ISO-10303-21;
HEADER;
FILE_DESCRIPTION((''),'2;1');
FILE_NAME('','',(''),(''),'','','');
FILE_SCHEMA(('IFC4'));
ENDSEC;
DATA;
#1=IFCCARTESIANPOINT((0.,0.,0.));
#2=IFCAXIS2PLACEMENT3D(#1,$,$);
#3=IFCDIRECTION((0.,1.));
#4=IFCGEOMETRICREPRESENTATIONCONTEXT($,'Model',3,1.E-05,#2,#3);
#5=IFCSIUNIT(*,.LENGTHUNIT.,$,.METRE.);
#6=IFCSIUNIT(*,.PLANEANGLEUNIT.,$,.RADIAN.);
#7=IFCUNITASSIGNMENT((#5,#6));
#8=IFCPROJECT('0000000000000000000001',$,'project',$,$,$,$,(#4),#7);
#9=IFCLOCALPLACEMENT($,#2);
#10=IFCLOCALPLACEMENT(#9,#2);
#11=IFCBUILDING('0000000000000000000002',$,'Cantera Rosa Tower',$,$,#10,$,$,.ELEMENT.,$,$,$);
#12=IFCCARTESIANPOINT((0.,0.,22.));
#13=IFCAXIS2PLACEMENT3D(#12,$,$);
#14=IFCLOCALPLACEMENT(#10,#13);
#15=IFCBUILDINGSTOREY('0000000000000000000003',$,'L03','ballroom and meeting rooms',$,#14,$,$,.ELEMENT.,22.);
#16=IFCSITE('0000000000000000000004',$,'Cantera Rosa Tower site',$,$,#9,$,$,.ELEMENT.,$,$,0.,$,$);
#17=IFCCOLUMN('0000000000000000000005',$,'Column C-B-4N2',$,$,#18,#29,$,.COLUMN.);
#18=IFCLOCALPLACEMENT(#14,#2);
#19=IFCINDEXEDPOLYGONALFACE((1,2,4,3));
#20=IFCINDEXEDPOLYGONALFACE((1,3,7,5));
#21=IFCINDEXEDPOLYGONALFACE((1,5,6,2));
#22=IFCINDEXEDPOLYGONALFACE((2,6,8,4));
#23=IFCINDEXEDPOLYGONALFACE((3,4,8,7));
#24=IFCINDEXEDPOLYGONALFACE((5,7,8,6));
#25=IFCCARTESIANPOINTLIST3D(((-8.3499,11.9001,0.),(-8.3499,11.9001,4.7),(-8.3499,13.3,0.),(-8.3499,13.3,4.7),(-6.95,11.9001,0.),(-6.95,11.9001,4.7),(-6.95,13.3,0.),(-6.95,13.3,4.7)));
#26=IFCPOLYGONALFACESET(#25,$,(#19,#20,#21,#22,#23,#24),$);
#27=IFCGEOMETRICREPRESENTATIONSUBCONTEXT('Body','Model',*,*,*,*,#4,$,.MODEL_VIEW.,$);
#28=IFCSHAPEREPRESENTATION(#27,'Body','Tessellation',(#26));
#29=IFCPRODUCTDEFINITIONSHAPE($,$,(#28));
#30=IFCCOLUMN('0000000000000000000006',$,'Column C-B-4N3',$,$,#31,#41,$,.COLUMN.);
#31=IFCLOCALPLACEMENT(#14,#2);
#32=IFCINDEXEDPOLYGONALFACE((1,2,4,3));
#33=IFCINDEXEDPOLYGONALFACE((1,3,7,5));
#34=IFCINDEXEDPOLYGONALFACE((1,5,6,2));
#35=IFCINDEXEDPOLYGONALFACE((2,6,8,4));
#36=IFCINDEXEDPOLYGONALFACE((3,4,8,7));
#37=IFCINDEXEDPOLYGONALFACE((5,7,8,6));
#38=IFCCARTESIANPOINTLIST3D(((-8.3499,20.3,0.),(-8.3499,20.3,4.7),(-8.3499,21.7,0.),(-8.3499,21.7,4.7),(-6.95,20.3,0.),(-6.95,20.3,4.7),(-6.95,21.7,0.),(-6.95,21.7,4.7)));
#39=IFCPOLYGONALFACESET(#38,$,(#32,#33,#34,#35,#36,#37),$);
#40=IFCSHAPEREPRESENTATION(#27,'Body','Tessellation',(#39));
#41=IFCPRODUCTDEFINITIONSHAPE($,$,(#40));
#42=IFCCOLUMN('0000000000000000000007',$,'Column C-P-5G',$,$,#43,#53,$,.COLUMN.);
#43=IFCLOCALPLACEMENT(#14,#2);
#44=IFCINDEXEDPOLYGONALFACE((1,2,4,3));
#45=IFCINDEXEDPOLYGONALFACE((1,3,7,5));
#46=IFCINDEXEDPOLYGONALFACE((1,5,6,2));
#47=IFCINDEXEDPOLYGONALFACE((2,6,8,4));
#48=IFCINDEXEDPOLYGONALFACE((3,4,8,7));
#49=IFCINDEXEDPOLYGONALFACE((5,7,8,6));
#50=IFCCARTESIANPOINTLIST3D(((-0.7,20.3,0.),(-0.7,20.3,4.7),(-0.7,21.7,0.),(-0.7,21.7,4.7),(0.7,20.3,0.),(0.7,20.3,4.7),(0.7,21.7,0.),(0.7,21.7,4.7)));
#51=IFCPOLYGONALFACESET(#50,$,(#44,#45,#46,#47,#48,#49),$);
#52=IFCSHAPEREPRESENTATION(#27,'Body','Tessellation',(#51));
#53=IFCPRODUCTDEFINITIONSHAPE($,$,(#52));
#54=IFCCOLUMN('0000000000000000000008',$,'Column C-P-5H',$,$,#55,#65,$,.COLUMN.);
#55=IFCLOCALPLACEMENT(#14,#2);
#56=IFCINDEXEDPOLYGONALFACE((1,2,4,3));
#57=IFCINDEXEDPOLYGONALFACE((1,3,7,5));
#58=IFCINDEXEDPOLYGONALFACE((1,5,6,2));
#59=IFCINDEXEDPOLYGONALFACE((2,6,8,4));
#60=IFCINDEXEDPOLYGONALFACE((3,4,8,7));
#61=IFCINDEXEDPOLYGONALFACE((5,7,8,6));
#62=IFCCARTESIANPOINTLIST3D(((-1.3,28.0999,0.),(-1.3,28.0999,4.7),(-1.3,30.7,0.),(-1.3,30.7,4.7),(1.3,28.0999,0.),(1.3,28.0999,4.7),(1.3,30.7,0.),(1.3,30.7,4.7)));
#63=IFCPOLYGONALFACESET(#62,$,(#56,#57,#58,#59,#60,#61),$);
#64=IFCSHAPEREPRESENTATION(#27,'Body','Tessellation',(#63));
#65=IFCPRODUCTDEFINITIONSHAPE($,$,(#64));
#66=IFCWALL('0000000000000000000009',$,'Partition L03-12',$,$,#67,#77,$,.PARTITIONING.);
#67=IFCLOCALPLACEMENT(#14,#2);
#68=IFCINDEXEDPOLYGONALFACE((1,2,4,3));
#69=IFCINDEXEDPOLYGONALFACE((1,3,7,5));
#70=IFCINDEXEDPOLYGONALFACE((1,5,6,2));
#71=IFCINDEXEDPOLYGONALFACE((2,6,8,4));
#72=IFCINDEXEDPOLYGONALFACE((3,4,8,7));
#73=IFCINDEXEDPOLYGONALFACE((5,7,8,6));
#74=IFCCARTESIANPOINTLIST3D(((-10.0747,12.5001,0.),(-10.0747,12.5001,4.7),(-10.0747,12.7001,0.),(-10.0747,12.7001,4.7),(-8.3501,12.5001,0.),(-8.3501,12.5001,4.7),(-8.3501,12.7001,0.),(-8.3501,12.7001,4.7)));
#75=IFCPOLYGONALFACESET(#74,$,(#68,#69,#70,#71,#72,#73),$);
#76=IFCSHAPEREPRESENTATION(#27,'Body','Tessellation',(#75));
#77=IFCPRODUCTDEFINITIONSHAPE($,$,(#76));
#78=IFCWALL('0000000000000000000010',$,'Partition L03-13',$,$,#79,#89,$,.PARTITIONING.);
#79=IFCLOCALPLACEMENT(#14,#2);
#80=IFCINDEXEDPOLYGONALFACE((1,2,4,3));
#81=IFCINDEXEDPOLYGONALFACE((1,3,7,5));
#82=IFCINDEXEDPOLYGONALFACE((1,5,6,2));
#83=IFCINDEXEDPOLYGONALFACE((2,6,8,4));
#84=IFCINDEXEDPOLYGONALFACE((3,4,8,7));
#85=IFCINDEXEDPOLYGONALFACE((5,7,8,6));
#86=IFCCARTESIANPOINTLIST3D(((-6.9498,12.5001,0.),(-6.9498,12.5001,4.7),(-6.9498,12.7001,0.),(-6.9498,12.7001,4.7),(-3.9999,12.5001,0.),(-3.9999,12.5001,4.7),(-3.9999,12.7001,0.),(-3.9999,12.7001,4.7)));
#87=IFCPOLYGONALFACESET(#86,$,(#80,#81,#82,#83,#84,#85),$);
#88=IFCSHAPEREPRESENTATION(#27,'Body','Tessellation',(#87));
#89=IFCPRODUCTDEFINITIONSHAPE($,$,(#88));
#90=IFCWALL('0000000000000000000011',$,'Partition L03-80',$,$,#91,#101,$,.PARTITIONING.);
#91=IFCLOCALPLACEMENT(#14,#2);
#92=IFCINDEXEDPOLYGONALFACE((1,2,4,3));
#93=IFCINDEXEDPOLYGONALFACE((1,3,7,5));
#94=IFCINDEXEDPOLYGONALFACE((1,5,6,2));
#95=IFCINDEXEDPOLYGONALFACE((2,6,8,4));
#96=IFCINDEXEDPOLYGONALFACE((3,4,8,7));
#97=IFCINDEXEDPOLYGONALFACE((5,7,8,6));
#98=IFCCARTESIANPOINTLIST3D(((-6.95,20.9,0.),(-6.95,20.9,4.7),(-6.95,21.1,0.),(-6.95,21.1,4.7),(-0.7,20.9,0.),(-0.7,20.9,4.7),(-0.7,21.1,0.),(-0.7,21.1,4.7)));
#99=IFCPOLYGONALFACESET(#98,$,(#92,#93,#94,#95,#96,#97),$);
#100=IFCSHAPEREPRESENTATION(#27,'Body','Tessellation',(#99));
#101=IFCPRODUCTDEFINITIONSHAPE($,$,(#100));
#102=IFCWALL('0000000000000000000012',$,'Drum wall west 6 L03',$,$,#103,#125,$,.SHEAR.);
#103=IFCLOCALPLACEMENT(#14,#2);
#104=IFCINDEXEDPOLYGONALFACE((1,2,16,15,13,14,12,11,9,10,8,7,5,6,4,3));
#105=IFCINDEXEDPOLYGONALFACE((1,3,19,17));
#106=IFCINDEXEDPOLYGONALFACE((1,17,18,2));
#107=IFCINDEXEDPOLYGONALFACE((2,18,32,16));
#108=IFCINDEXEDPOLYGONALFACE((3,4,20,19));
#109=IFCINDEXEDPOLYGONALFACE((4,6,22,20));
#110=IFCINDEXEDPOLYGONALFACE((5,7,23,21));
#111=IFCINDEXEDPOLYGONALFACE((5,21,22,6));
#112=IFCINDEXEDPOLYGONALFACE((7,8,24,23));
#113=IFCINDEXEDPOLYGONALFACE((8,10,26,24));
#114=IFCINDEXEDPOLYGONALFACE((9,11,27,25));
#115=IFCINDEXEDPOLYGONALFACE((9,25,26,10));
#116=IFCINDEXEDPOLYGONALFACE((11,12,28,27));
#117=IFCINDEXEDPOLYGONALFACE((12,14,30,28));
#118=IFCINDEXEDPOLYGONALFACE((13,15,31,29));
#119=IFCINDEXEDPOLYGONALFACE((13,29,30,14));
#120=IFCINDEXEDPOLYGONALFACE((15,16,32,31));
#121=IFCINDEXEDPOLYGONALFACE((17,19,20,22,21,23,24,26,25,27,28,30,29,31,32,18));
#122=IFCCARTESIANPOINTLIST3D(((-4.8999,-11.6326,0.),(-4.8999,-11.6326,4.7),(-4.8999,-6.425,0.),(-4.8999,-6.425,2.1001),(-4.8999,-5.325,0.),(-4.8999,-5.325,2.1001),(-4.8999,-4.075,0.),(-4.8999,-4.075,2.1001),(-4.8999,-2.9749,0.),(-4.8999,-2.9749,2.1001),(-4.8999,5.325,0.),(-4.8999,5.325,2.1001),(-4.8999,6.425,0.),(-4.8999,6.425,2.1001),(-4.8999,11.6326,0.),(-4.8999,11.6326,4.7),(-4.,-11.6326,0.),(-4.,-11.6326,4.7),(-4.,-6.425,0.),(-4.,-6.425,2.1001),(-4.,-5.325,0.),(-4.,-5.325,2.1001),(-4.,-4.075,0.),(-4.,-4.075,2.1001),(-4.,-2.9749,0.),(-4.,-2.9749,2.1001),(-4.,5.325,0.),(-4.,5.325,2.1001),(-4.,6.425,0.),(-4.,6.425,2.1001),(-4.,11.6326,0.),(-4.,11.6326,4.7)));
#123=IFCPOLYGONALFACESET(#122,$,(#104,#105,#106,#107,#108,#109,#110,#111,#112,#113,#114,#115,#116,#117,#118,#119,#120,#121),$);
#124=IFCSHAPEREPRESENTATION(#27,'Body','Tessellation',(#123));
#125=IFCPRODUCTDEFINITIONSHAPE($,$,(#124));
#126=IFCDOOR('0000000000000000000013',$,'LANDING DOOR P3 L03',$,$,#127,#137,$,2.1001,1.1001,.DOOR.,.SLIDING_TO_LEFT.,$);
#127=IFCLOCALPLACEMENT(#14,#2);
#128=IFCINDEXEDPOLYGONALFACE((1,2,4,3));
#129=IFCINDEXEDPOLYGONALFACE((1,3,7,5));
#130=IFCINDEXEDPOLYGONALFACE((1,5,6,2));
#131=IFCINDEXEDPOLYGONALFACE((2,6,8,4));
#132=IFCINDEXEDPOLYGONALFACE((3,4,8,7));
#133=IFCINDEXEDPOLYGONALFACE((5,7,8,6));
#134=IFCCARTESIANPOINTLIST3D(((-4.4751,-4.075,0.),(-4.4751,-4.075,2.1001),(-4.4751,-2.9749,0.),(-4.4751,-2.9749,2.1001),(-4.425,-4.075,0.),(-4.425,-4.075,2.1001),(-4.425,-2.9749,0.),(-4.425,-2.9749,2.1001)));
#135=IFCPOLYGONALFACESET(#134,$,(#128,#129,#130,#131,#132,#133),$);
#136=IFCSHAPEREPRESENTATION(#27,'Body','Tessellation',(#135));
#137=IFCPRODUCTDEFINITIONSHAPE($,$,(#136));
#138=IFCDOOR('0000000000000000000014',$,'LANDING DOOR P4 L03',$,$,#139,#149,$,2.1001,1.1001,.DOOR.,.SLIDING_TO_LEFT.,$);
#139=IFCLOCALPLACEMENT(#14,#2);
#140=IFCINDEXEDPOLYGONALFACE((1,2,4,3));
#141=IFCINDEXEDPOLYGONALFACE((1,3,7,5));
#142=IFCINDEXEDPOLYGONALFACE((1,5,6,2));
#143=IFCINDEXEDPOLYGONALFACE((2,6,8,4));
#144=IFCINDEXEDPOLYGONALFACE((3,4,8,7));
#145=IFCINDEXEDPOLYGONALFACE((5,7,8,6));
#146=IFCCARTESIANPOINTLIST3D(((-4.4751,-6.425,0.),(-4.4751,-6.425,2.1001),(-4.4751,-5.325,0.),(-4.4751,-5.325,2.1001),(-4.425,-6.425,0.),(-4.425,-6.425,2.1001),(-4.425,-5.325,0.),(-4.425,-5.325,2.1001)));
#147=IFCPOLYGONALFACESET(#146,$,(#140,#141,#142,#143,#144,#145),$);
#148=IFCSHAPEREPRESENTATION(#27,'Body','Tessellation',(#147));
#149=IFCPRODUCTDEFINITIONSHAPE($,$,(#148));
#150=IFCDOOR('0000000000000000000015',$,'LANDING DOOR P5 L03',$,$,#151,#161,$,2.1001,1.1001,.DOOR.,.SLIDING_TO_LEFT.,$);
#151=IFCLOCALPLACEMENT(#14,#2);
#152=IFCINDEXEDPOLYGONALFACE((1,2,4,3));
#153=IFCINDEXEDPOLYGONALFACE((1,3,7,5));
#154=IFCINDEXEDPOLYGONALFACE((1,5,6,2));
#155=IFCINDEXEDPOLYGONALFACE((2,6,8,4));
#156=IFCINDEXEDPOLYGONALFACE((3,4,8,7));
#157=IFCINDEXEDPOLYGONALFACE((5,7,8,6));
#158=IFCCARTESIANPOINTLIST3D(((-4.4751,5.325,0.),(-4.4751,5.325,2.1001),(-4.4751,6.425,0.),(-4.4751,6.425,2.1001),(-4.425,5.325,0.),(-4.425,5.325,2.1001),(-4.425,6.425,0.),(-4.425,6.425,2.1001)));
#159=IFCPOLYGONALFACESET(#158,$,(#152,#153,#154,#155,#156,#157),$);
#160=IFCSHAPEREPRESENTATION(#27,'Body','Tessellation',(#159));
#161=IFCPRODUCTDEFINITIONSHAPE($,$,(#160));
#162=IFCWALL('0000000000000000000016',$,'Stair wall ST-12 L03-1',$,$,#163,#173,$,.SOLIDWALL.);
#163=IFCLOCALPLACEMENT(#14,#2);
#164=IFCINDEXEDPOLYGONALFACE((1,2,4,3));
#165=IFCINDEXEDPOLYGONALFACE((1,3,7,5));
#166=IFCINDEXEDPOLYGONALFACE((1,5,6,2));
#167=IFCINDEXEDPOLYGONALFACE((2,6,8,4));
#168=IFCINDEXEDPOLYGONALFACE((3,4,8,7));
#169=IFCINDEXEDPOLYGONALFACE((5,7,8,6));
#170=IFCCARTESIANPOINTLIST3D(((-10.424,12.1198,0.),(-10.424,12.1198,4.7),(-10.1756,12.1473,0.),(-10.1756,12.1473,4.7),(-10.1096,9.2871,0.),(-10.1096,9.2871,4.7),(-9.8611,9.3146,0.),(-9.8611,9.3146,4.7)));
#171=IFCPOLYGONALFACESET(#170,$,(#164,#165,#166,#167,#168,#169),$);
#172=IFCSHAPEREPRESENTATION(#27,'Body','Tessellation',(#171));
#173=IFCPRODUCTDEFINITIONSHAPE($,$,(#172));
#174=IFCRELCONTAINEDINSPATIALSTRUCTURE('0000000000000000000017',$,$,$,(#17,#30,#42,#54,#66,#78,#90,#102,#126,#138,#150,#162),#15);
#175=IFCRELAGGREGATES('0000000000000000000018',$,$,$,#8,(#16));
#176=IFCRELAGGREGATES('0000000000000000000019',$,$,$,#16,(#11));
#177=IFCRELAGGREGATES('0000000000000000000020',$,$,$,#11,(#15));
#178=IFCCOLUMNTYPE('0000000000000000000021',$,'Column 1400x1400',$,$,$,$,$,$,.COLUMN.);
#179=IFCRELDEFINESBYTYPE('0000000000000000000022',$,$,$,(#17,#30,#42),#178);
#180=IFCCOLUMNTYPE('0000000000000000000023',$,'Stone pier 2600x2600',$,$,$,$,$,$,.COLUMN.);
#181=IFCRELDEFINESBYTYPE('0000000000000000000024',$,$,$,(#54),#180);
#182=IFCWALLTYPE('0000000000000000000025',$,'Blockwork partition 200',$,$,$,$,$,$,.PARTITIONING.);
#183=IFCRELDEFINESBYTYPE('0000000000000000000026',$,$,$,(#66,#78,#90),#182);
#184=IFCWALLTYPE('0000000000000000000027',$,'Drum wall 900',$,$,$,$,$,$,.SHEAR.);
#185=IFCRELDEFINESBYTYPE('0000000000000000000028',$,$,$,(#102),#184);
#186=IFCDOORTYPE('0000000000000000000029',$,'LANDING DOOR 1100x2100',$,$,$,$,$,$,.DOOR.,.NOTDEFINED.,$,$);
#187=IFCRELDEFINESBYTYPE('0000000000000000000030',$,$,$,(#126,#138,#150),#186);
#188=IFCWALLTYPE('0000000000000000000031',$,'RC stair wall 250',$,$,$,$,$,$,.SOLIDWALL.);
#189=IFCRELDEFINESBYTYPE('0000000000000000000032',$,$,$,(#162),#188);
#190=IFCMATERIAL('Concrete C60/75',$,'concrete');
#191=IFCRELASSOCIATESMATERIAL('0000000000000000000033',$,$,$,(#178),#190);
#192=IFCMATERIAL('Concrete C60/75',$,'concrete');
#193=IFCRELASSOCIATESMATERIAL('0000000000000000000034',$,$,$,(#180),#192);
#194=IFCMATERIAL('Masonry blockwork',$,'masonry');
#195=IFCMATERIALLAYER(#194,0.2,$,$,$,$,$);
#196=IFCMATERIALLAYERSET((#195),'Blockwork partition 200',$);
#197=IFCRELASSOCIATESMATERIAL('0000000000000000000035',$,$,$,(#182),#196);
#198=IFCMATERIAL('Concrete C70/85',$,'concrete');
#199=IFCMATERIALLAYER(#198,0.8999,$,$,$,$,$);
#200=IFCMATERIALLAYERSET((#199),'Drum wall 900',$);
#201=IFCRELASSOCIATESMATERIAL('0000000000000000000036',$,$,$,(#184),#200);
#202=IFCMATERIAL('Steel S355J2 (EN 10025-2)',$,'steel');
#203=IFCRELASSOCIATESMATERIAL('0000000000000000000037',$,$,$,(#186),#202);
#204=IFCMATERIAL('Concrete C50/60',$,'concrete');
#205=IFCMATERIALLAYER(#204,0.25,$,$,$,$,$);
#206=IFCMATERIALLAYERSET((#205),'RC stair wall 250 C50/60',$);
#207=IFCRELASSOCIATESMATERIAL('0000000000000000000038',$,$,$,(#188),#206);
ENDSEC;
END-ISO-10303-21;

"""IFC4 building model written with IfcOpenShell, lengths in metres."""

from ifc_helpers import new_model, si_unit, direction, frame, frame_2d, origin, origin_2d, place, context, subcontext, project, spatial, rectangle, extrude, material, layer, layer_set, material_profile, profile_set, type_object, element, fill, save


model = new_model("IFC4")

# Units and contexts
model_context = context("Model", 3, precision=1e-05, world=origin(), true_north=direction((0.0, 1.0)))
body_context = subcontext(model_context, "Body", "Model", "MODEL_VIEW")
ifc_project = project(units=[si_unit("LENGTHUNIT", "METRE"), si_unit("PLANEANGLEUNIT", "RADIAN")], contexts=[model_context])

# Site, building, storey
site_placement = place(None, origin())
site = spatial("IfcSite", under=ifc_project, at=site_placement, Name="Cantera Rosa Tower site", CompositionType="ELEMENT", RefElevation=0.0)
building_placement = place(site_placement, origin())
building = spatial("IfcBuilding", under=site, at=building_placement, Name="Cantera Rosa Tower", CompositionType="ELEMENT")
storey_placement = place(building_placement, frame((0.0, 0.0, 22.0)))
storey = spatial("IfcBuildingStorey", under=building, at=storey_placement, Name="L03", Description="ballroom and meeting rooms", CompositionType="ELEMENT", Elevation=22.0)

# Columns
ifc_material_1 = material(Name="Concrete C60/75", Category="concrete")
ifc_material_profile_1 = material_profile(ifc_material_1, rectangle(XDim=1.3999, YDim=1.3999, at=origin_2d()), Name="Column 1400x1400")
ifc_profile_set_1 = profile_set([ifc_material_profile_1], Name="Concrete C60/75")
column_type_1 = type_object("IfcColumnType", Name="Column 1400x1400", PredefinedType="COLUMN", material=ifc_profile_set_1)
for number, where, z_axis, x_axis, name in (
    (1, (-7.6499, 12.6001, 0.0), (0.0, 0.0, 1.0), (1.0, 0.0, 0.0), "Column C-B-4N2"),
    (2, (-7.6499, 21.0, 0.0), (0.0, 0.0, 1.0), (1.0, 0.0, 0.0), "Column C-B-4N3"),
    (3, (0.0, 21.0, 0.0), (0.0, 0.0, 1.0), (1.0, 0.0, 0.0), "Column C-P-5G"),
):
    element("IfcColumn", number, at=place(storey_placement, frame(where, z_axis=z_axis, x_axis=x_axis)), inside=storey, type_object=column_type_1, Name=name, PredefinedType="COLUMN", context=body_context, shape_type="SweptSolid", body=[
        extrude(rectangle(XDim=1.3999, YDim=1.3999, at=origin_2d()), origin(), (0.0, 0.0, 1.0), 4.7),
    ])
ifc_material_2 = material(Name="Concrete C60/75", Category="concrete")
ifc_material_profile_2 = material_profile(ifc_material_2, rectangle(XDim=2.6001, YDim=2.6001, at=origin_2d()), Name="Stone pier 2600x2600")
ifc_profile_set_2 = profile_set([ifc_material_profile_2], Name="Concrete C60/75")
column_type_2 = type_object("IfcColumnType", Name="Stone pier 2600x2600", PredefinedType="COLUMN", material=ifc_profile_set_2)
column_placement = place(storey_placement, frame((0.0, 29.3999, 0.0), z_axis=(0.0, 0.0, 1.0), x_axis=(1.0, 0.0, 0.0)))
element("IfcColumn", 4, at=column_placement, inside=storey, type_object=column_type_2, Name="Column C-P-5H", PredefinedType="COLUMN", context=body_context, shape_type="SweptSolid", body=[
    extrude(rectangle(XDim=2.6001, YDim=2.6001, at=origin_2d()), origin(), (0.0, 0.0, 1.0), 4.7),
])

# Walls
ifc_material_3 = material(Name="Masonry blockwork", Category="masonry")
ifc_layer_1 = layer(ifc_material_3, 0.2)
ifc_layer_set_1 = layer_set([ifc_layer_1], Name="Blockwork partition 200")
wall_type_1 = type_object("IfcWallType", Name="Blockwork partition 200", PredefinedType="PARTITIONING", material=ifc_layer_set_1)
wall_1_placement = place(storey_placement, frame((-10.0747, 12.6001, 0.0), z_axis=(0.0, 0.0, 1.0), x_axis=(1.0, 0.0, 0.0)))
element("IfcWall", 5, at=wall_1_placement, inside=storey, type_object=wall_type_1, Name="Partition L03-12", PredefinedType="PARTITIONING", context=body_context, shape_type="SweptSolid", body=[
    extrude(rectangle(XDim=1.7246, YDim=0.2, at=frame_2d((0.8623, 0.0))), origin(), (0.0, 0.0, 1.0), 4.7),
])
wall_2_placement = place(storey_placement, frame((-6.95, 12.6001, 0.0), z_axis=(0.0, 0.0, 1.0), x_axis=(1.0, 0.0, 0.0)))
element("IfcWall", 6, at=wall_2_placement, inside=storey, type_object=wall_type_1, Name="Partition L03-13", PredefinedType="PARTITIONING", context=body_context, shape_type="SweptSolid", body=[
    extrude(rectangle(XDim=2.95, YDim=0.2, at=frame_2d((1.4751, 0.0))), origin(), (0.0, 0.0, 1.0), 4.7),
])
wall_3_placement = place(storey_placement, frame((-6.95, 21.0, 0.0), z_axis=(0.0, 0.0, 1.0), x_axis=(1.0, 0.0, 0.0)))
element("IfcWall", 7, at=wall_3_placement, inside=storey, type_object=wall_type_1, Name="Partition L03-80", PredefinedType="PARTITIONING", context=body_context, shape_type="SweptSolid", body=[
    extrude(rectangle(XDim=6.25, YDim=0.2, at=frame_2d((3.125, 0.0))), origin(), (0.0, 0.0, 1.0), 4.7),
])

# Wall, openings, doors
ifc_material_4 = material(Name="Concrete C70/85", Category="concrete")
ifc_layer_2 = layer(ifc_material_4, 0.8999)
ifc_layer_set_2 = layer_set([ifc_layer_2], Name="Drum wall 900")
wall_type_2 = type_object("IfcWallType", Name="Drum wall 900", PredefinedType="SHEAR", material=ifc_layer_set_2)
wall_4_placement = place(storey_placement, frame((-4.45, 11.6326, 0.0), z_axis=(0.0, 0.0, 1.0), x_axis=(0.0, -1.0, 0.0)))
wall_4 = element("IfcWall", 8, at=wall_4_placement, inside=storey, type_object=wall_type_2, Name="Drum wall west 6 L03", PredefinedType="SHEAR", context=body_context, shape_type="SweptSolid", body=[
    extrude(rectangle(XDim=23.2651, YDim=0.8999, at=frame_2d((11.6326, 0.0))), origin(), (0.0, 0.0, 1.0), 4.7),
])
opening_1_placement = place(wall_4_placement, frame((14.6074, 0.0, 0.0)))
opening_1 = element("IfcOpeningElement", 9, at=opening_1_placement, cuts=wall_4, PredefinedType="OPENING", context=body_context, shape_type="SweptSolid", body=[
    extrude(rectangle(XDim=1.1001, YDim=2.1001, at=frame_2d((0.55, 1.05))), frame((0.0, 0.46, 0.0), z_axis=(0.0, -1.0, 0.0), x_axis=(1.0, 0.0, 0.0)), (0.0, 0.0, 1.0), 0.9199),
])
opening_2_placement = place(wall_4_placement, frame((16.9575, 0.0, 0.0)))
opening_2 = element("IfcOpeningElement", 10, at=opening_2_placement, cuts=wall_4, PredefinedType="OPENING", context=body_context, shape_type="SweptSolid", body=[
    extrude(rectangle(XDim=1.1001, YDim=2.1001, at=frame_2d((0.55, 1.05))), frame((0.0, 0.46, 0.0), z_axis=(0.0, -1.0, 0.0), x_axis=(1.0, 0.0, 0.0)), (0.0, 0.0, 1.0), 0.9199),
])
opening_3_placement = place(wall_4_placement, frame((5.2075, 0.0, 0.0)))
opening_3 = element("IfcOpeningElement", 11, at=opening_3_placement, cuts=wall_4, PredefinedType="OPENING", context=body_context, shape_type="SweptSolid", body=[
    extrude(rectangle(XDim=1.1001, YDim=2.1001, at=frame_2d((0.55, 1.05))), frame((0.0, 0.46, 0.0), z_axis=(0.0, -1.0, 0.0), x_axis=(1.0, 0.0, 0.0)), (0.0, 0.0, 1.0), 0.9199),
])
ifc_material_5 = material(Name="Steel S355J2 (EN 10025-2)", Category="steel")
door_type = type_object("IfcDoorType", Name="LANDING DOOR 1100x2100", OperationType="NOTDEFINED", PredefinedType="DOOR", material=ifc_material_5)
door_1_placement = place(opening_1_placement, origin())
door_1 = element("IfcDoor", 12, at=door_1_placement, inside=storey, type_object=door_type, Name="LANDING DOOR P3 L03", OperationType="SLIDING_TO_LEFT", OverallHeight=2.1001, OverallWidth=1.1001, PredefinedType="DOOR", context=body_context, shape_type="SweptSolid", body=[
    extrude(rectangle(XDim=1.1001, YDim=2.1001, at=frame_2d((0.55, 1.05))), frame((0.0, 0.0249, 0.0), z_axis=(0.0, -1.0, 0.0), x_axis=(1.0, 0.0, 0.0)), (0.0, 0.0, 1.0), 0.05),
])
fill(opening_1, door_1)
door_2_placement = place(opening_2_placement, origin())
door_2 = element("IfcDoor", 13, at=door_2_placement, inside=storey, type_object=door_type, Name="LANDING DOOR P4 L03", OperationType="SLIDING_TO_LEFT", OverallHeight=2.1001, OverallWidth=1.1001, PredefinedType="DOOR", context=body_context, shape_type="SweptSolid", body=[
    extrude(rectangle(XDim=1.1001, YDim=2.1001, at=frame_2d((0.55, 1.05))), frame((0.0, 0.0249, 0.0), z_axis=(0.0, -1.0, 0.0), x_axis=(1.0, 0.0, 0.0)), (0.0, 0.0, 1.0), 0.05),
])
fill(opening_2, door_2)
door_3_placement = place(opening_3_placement, origin())
door_3 = element("IfcDoor", 14, at=door_3_placement, inside=storey, type_object=door_type, Name="LANDING DOOR P5 L03", OperationType="SLIDING_TO_LEFT", OverallHeight=2.1001, OverallWidth=1.1001, PredefinedType="DOOR", context=body_context, shape_type="SweptSolid", body=[
    extrude(rectangle(XDim=1.1001, YDim=2.1001, at=frame_2d((0.55, 1.05))), frame((0.0, 0.0249, 0.0), z_axis=(0.0, -1.0, 0.0), x_axis=(1.0, 0.0, 0.0)), (0.0, 0.0, 1.0), 0.05),
])
fill(opening_3, door_3)

# Wall
ifc_material_6 = material(Name="Concrete C50/60", Category="concrete")
ifc_layer_3 = layer(ifc_material_6, 0.25)
ifc_layer_set_3 = layer_set([ifc_layer_3], Name="RC stair wall 250 C50/60")
wall_type_3 = type_object("IfcWallType", Name="RC stair wall 250", PredefinedType="SOLIDWALL", material=ifc_layer_set_3)
wall_5_placement = place(storey_placement, frame((-10.2998, 12.1335, 0.0), z_axis=(0.0, 0.0, 1.0), x_axis=(0.110328, -0.993895, 0.0)))
element("IfcWall", 15, at=wall_5_placement, inside=storey, type_object=wall_type_3, Name="Stair wall ST-12 L03-1", PredefinedType="SOLIDWALL", context=body_context, shape_type="SweptSolid", body=[
    extrude(rectangle(XDim=2.8501, YDim=0.25, at=frame_2d((1.425, 0.0))), origin(), (0.0, 0.0, 1.0), 4.7),
])

save(model, "model.ifc")
